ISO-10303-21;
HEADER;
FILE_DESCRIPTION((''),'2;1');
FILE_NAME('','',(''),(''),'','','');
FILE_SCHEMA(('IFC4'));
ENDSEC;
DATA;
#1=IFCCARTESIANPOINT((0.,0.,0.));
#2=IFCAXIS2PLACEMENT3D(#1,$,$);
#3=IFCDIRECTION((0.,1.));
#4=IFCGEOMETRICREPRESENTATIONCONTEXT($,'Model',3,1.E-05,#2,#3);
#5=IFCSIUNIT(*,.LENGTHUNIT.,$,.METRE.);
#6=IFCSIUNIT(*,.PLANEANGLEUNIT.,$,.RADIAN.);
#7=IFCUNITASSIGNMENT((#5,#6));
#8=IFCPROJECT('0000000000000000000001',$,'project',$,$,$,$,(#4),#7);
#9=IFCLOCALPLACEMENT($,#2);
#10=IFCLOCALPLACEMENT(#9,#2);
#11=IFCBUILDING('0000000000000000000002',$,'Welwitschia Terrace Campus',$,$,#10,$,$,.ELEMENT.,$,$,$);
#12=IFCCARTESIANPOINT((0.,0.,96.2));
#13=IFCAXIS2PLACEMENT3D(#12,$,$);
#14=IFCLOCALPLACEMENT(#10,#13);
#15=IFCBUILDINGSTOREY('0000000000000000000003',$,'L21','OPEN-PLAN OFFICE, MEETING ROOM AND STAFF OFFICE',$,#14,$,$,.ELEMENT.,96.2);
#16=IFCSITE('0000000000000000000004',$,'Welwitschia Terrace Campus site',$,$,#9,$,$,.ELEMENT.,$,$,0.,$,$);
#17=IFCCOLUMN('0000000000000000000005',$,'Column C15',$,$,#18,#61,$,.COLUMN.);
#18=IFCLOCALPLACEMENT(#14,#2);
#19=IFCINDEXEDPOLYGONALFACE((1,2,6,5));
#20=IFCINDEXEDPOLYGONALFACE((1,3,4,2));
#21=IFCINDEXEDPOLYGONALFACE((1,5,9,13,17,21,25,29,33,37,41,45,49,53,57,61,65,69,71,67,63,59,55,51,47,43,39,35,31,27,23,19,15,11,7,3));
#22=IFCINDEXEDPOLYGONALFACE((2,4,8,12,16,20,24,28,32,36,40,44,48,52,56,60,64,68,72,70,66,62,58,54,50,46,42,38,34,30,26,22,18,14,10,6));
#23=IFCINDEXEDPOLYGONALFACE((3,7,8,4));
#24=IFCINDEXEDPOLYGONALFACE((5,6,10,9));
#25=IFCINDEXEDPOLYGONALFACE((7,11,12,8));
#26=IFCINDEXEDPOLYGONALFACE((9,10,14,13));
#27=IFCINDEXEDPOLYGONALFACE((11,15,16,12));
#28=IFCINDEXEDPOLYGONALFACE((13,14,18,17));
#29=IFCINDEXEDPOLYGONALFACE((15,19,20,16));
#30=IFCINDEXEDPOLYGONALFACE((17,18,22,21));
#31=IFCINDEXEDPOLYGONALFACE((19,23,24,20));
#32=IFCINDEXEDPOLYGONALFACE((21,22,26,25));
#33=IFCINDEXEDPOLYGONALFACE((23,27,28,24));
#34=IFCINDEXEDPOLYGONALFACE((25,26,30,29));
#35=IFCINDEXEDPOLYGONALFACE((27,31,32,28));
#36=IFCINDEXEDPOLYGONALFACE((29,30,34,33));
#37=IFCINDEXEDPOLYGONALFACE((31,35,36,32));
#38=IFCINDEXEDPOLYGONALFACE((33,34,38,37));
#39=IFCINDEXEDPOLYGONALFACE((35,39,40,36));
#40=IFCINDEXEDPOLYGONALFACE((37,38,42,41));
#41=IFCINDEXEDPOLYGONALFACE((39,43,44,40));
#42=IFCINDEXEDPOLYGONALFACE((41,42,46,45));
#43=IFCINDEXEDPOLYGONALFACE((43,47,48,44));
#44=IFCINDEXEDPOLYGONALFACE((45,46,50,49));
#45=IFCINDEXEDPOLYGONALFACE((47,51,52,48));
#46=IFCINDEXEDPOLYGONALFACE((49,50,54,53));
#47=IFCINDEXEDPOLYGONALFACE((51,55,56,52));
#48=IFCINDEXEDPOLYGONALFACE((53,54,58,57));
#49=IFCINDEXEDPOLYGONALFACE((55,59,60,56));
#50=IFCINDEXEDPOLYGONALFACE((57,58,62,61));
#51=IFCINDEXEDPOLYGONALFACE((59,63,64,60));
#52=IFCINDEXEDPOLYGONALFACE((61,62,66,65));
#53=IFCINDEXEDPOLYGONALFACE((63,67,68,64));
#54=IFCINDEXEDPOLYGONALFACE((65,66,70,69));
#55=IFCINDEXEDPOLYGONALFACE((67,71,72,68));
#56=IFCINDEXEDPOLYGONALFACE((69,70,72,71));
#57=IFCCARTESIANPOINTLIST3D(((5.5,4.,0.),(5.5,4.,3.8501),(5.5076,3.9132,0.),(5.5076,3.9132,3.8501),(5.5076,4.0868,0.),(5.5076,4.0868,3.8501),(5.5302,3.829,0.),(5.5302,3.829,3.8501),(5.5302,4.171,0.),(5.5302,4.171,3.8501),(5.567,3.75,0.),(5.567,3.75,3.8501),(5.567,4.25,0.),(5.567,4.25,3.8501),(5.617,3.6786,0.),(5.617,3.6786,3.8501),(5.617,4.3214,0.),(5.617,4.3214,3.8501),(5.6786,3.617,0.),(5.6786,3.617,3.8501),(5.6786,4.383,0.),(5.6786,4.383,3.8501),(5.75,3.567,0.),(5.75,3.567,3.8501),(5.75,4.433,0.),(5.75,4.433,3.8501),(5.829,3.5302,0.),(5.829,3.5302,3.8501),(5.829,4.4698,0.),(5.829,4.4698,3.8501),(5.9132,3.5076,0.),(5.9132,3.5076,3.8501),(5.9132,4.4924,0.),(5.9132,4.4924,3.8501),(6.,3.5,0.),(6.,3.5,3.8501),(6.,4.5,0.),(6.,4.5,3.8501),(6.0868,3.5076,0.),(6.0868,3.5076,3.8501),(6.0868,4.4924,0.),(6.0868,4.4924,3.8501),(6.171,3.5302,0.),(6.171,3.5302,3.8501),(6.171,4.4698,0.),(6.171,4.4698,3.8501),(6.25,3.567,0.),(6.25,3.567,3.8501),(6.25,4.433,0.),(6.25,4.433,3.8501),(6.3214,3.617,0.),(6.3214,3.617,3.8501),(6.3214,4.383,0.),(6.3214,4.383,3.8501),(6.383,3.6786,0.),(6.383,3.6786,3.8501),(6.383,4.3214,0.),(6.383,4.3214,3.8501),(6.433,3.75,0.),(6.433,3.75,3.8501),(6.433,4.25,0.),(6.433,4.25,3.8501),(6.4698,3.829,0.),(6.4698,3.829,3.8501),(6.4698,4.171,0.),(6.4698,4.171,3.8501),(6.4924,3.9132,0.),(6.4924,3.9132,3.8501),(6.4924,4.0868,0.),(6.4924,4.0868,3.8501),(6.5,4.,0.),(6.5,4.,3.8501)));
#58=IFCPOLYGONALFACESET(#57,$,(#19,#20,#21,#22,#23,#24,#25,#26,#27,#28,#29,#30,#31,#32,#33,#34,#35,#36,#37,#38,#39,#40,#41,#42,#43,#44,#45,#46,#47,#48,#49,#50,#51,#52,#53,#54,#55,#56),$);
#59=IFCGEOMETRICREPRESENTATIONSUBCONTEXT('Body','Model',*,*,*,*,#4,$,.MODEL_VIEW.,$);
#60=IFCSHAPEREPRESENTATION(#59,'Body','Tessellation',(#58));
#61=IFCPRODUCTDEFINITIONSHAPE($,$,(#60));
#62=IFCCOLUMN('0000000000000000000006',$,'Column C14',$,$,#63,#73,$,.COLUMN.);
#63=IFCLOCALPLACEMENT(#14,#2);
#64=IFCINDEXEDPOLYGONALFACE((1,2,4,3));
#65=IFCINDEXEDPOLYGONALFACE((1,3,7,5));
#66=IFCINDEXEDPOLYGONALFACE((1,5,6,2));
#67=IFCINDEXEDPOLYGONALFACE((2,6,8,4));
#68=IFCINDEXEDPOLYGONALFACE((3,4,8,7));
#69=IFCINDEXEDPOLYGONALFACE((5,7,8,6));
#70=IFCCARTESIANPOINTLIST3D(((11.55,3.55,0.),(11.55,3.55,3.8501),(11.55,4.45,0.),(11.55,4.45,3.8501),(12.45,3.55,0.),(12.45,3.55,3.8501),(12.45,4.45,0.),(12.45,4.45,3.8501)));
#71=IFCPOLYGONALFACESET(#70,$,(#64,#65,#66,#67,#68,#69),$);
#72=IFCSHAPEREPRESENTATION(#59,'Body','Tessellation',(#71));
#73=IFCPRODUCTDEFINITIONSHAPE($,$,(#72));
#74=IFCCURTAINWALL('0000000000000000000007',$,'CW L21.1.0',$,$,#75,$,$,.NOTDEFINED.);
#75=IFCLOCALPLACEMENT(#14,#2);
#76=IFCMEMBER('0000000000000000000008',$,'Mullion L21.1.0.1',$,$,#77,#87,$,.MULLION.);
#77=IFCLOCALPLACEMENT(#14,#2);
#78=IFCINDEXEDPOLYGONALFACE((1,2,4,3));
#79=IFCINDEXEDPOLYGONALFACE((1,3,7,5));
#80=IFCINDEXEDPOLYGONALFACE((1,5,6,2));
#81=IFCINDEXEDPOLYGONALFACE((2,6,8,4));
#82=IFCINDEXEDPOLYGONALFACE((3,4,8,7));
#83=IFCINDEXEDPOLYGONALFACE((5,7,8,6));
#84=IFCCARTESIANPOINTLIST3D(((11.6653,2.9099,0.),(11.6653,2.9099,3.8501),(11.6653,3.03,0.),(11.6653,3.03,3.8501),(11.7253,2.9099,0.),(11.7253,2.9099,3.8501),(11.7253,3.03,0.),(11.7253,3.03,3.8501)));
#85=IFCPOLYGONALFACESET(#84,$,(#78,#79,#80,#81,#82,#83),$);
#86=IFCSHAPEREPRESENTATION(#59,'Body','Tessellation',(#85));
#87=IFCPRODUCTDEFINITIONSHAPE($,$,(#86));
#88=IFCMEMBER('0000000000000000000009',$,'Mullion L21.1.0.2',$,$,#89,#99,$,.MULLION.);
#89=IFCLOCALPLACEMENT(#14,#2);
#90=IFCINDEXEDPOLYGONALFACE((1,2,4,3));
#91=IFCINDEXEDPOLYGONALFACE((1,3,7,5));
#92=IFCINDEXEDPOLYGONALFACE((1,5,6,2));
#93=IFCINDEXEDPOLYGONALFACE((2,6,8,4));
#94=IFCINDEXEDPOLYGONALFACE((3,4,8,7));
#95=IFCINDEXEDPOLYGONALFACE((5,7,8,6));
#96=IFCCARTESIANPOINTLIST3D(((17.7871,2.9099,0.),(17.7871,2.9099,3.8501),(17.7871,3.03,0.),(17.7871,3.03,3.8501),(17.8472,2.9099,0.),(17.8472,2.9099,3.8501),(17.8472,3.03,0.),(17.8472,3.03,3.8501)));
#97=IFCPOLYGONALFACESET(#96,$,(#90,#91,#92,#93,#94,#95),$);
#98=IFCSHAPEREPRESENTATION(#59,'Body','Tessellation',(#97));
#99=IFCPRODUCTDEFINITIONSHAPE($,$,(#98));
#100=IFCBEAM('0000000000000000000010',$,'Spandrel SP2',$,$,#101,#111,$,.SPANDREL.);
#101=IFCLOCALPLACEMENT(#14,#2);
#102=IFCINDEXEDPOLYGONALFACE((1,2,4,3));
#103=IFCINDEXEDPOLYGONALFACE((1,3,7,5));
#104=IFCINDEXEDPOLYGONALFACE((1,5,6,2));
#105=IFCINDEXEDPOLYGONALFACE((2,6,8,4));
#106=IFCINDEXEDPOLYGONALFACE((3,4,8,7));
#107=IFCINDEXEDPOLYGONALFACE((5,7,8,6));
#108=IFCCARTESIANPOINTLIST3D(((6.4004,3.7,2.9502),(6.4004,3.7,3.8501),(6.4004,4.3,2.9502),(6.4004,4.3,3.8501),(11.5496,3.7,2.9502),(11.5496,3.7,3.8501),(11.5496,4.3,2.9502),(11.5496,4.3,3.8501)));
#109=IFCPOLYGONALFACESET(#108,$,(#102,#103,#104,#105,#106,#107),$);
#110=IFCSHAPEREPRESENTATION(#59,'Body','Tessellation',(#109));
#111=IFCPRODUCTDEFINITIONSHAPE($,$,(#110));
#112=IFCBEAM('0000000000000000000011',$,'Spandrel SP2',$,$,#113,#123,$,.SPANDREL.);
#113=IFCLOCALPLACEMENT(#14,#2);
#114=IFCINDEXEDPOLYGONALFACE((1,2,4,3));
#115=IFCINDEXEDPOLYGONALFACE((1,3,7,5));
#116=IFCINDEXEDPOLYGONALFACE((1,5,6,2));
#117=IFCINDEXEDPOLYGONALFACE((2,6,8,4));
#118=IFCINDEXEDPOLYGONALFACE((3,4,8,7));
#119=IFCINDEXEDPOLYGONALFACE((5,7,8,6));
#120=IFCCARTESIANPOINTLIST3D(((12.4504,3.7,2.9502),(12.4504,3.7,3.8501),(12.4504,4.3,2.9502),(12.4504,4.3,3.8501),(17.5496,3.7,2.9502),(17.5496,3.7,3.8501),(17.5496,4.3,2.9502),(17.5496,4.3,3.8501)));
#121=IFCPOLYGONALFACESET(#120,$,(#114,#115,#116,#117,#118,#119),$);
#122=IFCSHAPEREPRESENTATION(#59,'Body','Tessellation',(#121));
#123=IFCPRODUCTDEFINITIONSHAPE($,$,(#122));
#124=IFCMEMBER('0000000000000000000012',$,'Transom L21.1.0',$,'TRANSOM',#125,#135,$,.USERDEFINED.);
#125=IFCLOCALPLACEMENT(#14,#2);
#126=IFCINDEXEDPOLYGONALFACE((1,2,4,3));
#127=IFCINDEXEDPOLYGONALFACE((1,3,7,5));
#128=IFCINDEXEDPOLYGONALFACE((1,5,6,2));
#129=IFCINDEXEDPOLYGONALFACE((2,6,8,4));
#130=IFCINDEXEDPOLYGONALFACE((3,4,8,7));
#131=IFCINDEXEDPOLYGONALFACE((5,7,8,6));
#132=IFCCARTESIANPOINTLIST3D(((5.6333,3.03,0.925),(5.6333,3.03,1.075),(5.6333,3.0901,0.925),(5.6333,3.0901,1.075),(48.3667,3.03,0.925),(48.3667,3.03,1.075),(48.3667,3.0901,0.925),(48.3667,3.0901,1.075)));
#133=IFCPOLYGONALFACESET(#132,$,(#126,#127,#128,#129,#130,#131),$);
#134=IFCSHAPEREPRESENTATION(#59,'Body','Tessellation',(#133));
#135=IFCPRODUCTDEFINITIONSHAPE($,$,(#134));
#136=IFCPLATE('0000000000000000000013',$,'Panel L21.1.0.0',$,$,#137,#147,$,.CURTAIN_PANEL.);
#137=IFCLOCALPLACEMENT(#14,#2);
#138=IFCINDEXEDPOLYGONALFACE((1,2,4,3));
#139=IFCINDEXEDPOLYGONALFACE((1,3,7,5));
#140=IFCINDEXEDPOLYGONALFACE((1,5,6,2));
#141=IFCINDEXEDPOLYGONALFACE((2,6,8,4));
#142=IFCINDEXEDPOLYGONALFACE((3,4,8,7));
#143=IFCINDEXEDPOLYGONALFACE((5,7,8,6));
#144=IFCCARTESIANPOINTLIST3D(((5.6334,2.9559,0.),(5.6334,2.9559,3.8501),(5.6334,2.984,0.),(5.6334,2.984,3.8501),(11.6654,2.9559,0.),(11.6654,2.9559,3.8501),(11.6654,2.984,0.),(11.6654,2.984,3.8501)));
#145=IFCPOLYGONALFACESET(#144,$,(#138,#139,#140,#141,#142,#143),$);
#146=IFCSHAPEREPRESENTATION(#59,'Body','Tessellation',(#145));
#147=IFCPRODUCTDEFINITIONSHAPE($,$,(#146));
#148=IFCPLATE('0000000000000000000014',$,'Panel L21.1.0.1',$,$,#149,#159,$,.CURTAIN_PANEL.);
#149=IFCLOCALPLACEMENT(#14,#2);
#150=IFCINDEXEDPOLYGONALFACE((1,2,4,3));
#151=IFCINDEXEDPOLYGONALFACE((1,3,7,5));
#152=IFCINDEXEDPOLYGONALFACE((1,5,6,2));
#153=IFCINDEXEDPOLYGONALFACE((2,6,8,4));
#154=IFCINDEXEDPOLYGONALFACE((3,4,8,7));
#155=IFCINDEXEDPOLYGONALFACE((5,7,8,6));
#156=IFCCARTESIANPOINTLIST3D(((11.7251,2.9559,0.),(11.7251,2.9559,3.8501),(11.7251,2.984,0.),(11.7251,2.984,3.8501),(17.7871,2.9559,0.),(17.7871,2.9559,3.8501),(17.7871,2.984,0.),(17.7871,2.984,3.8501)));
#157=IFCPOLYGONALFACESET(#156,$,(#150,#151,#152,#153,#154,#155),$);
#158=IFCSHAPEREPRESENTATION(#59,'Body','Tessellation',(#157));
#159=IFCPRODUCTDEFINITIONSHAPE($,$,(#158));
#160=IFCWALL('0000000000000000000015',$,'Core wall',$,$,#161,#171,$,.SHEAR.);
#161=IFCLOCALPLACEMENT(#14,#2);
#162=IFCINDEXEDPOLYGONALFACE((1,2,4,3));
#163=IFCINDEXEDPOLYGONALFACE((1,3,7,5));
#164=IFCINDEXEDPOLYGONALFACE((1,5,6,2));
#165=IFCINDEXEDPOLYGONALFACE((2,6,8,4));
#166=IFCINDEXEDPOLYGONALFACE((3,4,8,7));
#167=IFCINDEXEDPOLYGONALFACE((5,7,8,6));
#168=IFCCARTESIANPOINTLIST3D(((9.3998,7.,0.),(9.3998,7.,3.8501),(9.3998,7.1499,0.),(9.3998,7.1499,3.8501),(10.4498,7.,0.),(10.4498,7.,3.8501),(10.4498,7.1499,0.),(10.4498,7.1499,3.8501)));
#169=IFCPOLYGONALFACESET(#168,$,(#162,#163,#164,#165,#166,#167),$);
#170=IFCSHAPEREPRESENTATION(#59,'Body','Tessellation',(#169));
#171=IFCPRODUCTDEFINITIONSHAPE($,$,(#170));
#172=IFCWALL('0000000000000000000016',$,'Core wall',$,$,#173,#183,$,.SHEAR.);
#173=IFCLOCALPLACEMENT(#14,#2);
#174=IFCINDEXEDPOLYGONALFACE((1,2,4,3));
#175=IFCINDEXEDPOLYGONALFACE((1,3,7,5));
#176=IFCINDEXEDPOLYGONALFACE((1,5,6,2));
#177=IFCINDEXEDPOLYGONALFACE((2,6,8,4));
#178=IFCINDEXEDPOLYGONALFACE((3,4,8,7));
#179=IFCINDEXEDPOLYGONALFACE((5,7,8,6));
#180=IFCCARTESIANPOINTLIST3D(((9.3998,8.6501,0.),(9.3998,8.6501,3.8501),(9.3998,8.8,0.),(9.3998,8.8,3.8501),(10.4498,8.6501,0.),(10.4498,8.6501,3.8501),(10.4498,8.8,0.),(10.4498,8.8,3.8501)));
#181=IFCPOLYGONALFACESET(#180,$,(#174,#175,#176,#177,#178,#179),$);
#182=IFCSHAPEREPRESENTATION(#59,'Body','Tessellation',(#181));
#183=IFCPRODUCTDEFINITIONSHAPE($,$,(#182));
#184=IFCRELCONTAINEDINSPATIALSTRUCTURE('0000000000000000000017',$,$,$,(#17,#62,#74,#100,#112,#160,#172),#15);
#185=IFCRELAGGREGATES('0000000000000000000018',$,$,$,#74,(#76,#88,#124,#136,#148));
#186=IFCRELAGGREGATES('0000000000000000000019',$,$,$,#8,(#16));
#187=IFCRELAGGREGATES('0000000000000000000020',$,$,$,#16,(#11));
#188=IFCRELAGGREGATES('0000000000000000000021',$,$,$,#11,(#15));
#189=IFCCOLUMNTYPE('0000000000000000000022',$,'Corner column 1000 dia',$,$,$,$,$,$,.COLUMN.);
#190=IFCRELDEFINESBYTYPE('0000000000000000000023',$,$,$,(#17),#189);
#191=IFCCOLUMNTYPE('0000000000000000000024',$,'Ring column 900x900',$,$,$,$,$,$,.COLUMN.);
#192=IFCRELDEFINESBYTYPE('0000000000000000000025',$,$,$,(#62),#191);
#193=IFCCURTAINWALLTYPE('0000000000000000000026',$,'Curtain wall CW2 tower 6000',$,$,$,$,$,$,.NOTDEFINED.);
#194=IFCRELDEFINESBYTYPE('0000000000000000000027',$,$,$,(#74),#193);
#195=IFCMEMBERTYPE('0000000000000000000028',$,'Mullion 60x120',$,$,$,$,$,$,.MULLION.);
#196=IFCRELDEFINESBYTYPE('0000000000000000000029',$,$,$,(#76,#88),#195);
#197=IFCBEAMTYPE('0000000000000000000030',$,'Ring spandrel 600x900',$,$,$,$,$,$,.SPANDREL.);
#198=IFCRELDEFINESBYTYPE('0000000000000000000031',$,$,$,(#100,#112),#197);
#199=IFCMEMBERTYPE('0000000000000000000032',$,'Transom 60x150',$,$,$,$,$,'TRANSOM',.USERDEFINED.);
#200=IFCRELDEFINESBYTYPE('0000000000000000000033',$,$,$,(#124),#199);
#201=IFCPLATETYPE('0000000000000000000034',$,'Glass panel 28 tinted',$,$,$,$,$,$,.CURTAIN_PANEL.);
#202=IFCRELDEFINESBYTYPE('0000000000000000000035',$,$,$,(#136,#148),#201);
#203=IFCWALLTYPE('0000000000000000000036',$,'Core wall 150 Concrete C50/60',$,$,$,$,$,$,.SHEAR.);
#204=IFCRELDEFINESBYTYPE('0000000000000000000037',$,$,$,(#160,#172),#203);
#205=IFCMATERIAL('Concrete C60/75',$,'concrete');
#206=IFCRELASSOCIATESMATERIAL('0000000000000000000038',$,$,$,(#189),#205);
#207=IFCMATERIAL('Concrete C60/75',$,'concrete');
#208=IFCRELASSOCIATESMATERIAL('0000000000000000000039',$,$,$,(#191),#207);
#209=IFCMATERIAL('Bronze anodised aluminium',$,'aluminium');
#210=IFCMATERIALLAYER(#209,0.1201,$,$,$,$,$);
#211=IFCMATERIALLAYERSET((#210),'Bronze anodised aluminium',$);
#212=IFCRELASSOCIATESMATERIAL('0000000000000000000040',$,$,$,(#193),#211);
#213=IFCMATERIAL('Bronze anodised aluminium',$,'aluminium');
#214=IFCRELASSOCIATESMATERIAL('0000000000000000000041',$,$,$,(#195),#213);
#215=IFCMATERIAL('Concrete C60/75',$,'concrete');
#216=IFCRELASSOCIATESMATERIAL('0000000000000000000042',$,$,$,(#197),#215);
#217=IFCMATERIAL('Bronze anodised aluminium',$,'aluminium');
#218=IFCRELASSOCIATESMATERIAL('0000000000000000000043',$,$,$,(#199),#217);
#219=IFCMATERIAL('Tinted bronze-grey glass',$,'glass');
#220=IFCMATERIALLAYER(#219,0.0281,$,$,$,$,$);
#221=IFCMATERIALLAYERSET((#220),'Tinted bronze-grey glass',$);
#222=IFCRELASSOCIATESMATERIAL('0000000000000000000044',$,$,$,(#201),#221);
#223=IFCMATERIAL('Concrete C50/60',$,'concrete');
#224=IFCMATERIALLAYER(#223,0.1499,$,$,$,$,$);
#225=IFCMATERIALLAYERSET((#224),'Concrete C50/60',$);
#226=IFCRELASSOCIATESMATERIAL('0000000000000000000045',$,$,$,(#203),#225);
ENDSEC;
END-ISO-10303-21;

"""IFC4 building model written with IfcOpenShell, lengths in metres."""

from ifc_helpers import new_model, si_unit, direction, frame, frame_2d, origin, origin_2d, place, context, subcontext, project, spatial, rectangle, circle, extrude, material, layer, layer_set, material_profile, profile_set, type_object, element, aggregate, save


model = new_model("IFC4")

# Units and contexts
model_context = context("Model", 3, precision=1e-05, world=origin(), true_north=direction((0.0, 1.0)))
body_context = subcontext(model_context, "Body", "Model", "MODEL_VIEW")
ifc_project = project(units=[si_unit("LENGTHUNIT", "METRE"), si_unit("PLANEANGLEUNIT", "RADIAN")], contexts=[model_context])

# Site, building, storey
site_placement = place(None, origin())
site = spatial("IfcSite", under=ifc_project, at=site_placement, Name="Welwitschia Terrace Campus site", CompositionType="ELEMENT", RefElevation=0.0)
building_placement = place(site_placement, origin())
building = spatial("IfcBuilding", under=site, at=building_placement, Name="Welwitschia Terrace Campus", CompositionType="ELEMENT")
storey_placement = place(building_placement, frame((0.0, 0.0, 96.2)))
storey = spatial("IfcBuildingStorey", under=building, at=storey_placement, Name="L21", Description="OPEN-PLAN OFFICE, MEETING ROOM AND STAFF OFFICE", CompositionType="ELEMENT", Elevation=96.2)

# Columns
ifc_material_1 = material(Name="Concrete C60/75", Category="concrete")
ifc_material_profile_1 = material_profile(ifc_material_1, circle(Radius=0.5, at=origin_2d()))
ifc_profile_set_1 = profile_set([ifc_material_profile_1], Name="Concrete C60/75")
column_type_1 = type_object("IfcColumnType", Name="Corner column 1000 dia", PredefinedType="COLUMN", material=ifc_profile_set_1)
column_1_placement = place(storey_placement, frame((6.0, 4.0, 0.0), z_axis=(0.0, 0.0, 1.0), x_axis=(1.0, 0.0, 0.0)))
element("IfcColumn", 1, at=column_1_placement, inside=storey, type_object=column_type_1, Name="Column C15", PredefinedType="COLUMN", context=body_context, shape_type="SweptSolid", body=[
    extrude(circle(Radius=0.5, at=origin_2d()), origin(), (0.0, 0.0, 1.0), 3.8501),
])
ifc_material_2 = material(Name="Concrete C60/75", Category="concrete")
ifc_material_profile_2 = material_profile(ifc_material_2, rectangle(XDim=0.8999, YDim=0.8999, at=origin_2d()))
ifc_profile_set_2 = profile_set([ifc_material_profile_2], Name="Concrete C60/75")
column_type_2 = type_object("IfcColumnType", Name="Ring column 900x900", PredefinedType="COLUMN", material=ifc_profile_set_2)
column_2_placement = place(storey_placement, frame((12.0, 4.0, 0.0), z_axis=(0.0, 0.0, 1.0), x_axis=(1.0, 0.0, 0.0)))
element("IfcColumn", 2, at=column_2_placement, inside=storey, type_object=column_type_2, Name="Column C14", PredefinedType="COLUMN", context=body_context, shape_type="SweptSolid", body=[
    extrude(rectangle(XDim=0.8999, YDim=0.8999, at=origin_2d()), origin(), (0.0, 0.0, 1.0), 3.8501),
])

# Curtain wall, members
ifc_material_3 = material(Name="Bronze anodised aluminium", Category="aluminium")
ifc_layer_1 = layer(ifc_material_3, 0.1201)
ifc_layer_set_1 = layer_set([ifc_layer_1], Name="Bronze anodised aluminium")
curtain_wall_type = type_object("IfcCurtainWallType", Name="Curtain wall CW2 tower 6000", PredefinedType="NOTDEFINED", material=ifc_layer_set_1)
curtain_wall_placement = place(storey_placement, origin())
curtain_wall = element("IfcCurtainWall", 3, at=curtain_wall_placement, inside=storey, type_object=curtain_wall_type, Name="CW L21.1.0", PredefinedType="NOTDEFINED")
ifc_material_4 = material(Name="Bronze anodised aluminium", Category="aluminium")
ifc_material_profile_3 = material_profile(ifc_material_4, rectangle(XDim=0.1201, YDim=0.0601, at=origin_2d()))
ifc_profile_set_3 = profile_set([ifc_material_profile_3], Name="Bronze anodised aluminium")
member_type_1 = type_object("IfcMemberType", Name="Mullion 60x120", PredefinedType="MULLION", material=ifc_profile_set_3)
member_1_placement = place(storey_placement, frame((11.6953, 2.97, 0.0), z_axis=(0.0, 0.0, 1.0), x_axis=(0.0, 1.0, 0.0)))
member_1 = element("IfcMember", 4, at=member_1_placement, type_object=member_type_1, Name="Mullion L21.1.0.1", PredefinedType="MULLION", context=body_context, shape_type="SweptSolid", body=[
    extrude(rectangle(XDim=0.1201, YDim=0.0601, at=origin_2d()), origin(), (0.0, 0.0, 1.0), 3.8501),
])
member_2_placement = place(storey_placement, frame((17.8171, 2.97, 0.0), z_axis=(0.0, 0.0, 1.0), x_axis=(0.0, 1.0, 0.0)))
member_2 = element("IfcMember", 5, at=member_2_placement, type_object=member_type_1, Name="Mullion L21.1.0.2", PredefinedType="MULLION", context=body_context, shape_type="SweptSolid", body=[
    extrude(rectangle(XDim=0.1201, YDim=0.0601, at=origin_2d()), origin(), (0.0, 0.0, 1.0), 3.8501),
])

# Beams
ifc_material_5 = material(Name="Concrete C60/75", Category="concrete")
ifc_material_profile_4 = material_profile(ifc_material_5, rectangle(XDim=0.6001, YDim=0.8999, at=origin_2d()))
ifc_profile_set_4 = profile_set([ifc_material_profile_4], Name="Concrete C60/75")
beam_type = type_object("IfcBeamType", Name="Ring spandrel 600x900", PredefinedType="SPANDREL", material=ifc_profile_set_4)
beam_1_placement = place(storey_placement, frame((6.4004, 4.0, 3.4001), z_axis=(1.0, 0.0, 0.0), x_axis=(0.0, 1.0, 0.0)))
element("IfcBeam", 6, at=beam_1_placement, inside=storey, type_object=beam_type, Name="Spandrel SP2", PredefinedType="SPANDREL", context=body_context, shape_type="SweptSolid", body=[
    extrude(rectangle(XDim=0.6001, YDim=0.8999, at=origin_2d()), origin(), (0.0, 0.0, 1.0), 5.1492),
])
beam_2_placement = place(storey_placement, frame((12.4504, 4.0, 3.4001), z_axis=(1.0, 0.0, 0.0), x_axis=(0.0, 1.0, 0.0)))
element("IfcBeam", 7, at=beam_2_placement, inside=storey, type_object=beam_type, Name="Spandrel SP2", PredefinedType="SPANDREL", context=body_context, shape_type="SweptSolid", body=[
    extrude(rectangle(XDim=0.6001, YDim=0.8999, at=origin_2d()), origin(), (0.0, 0.0, 1.0), 5.0991),
])

# Member
ifc_material_6 = material(Name="Bronze anodised aluminium", Category="aluminium")
ifc_material_profile_5 = material_profile(ifc_material_6, rectangle(XDim=0.0601, YDim=0.1499, at=origin_2d()))
ifc_profile_set_5 = profile_set([ifc_material_profile_5], Name="Bronze anodised aluminium")
member_type_2 = type_object("IfcMemberType", Name="Transom 60x150", ElementType="TRANSOM", PredefinedType="USERDEFINED", material=ifc_profile_set_5)
member_3_placement = place(storey_placement, frame((5.6333, 3.0601, 1.0), z_axis=(1.0, 0.0, 0.0), x_axis=(0.0, 1.0, 0.0)))
member_3 = element("IfcMember", 8, at=member_3_placement, type_object=member_type_2, Name="Transom L21.1.0", ObjectType="TRANSOM", PredefinedType="USERDEFINED", context=body_context, shape_type="SweptSolid", body=[
    extrude(rectangle(XDim=0.0601, YDim=0.1499, at=origin_2d()), origin(), (0.0, 0.0, 1.0), 42.7334),
])

# Plates
ifc_material_7 = material(Name="Tinted bronze-grey glass", Category="glass")
ifc_layer_2 = layer(ifc_material_7, 0.0281)
ifc_layer_set_2 = layer_set([ifc_layer_2], Name="Tinted bronze-grey glass")
plate_type = type_object("IfcPlateType", Name="Glass panel 28 tinted", PredefinedType="CURTAIN_PANEL", material=ifc_layer_set_2)
plate_1_placement = place(storey_placement, frame((8.6494, 2.97, 0.0), z_axis=(0.0, 0.0, 1.0), x_axis=(1.0, 0.0, 0.0)))
plate_1 = element("IfcPlate", 9, at=plate_1_placement, type_object=plate_type, Name="Panel L21.1.0.0", PredefinedType="CURTAIN_PANEL", context=body_context, shape_type="SweptSolid", body=[
    extrude(rectangle(XDim=6.032, YDim=0.0281, at=origin_2d()), origin(), (0.0, 0.0, 1.0), 3.8501),
])
plate_2_placement = place(storey_placement, frame((14.7561, 2.97, 0.0), z_axis=(0.0, 0.0, 1.0), x_axis=(1.0, 0.0, 0.0)))
plate_2 = element("IfcPlate", 10, at=plate_2_placement, type_object=plate_type, Name="Panel L21.1.0.1", PredefinedType="CURTAIN_PANEL", context=body_context, shape_type="SweptSolid", body=[
    extrude(rectangle(XDim=6.062, YDim=0.0281, at=origin_2d()), origin(), (0.0, 0.0, 1.0), 3.8501),
])
aggregate(curtain_wall, [member_1, member_2, member_3, plate_1, plate_2])

# Walls
ifc_material_8 = material(Name="Concrete C50/60", Category="concrete")
ifc_layer_3 = layer(ifc_material_8, 0.1499)
ifc_layer_set_3 = layer_set([ifc_layer_3], Name="Concrete C50/60")
wall_type_1 = type_object("IfcWallType", Name="Core wall 150 Concrete C50/60", PredefinedType="SHEAR", material=ifc_layer_set_3)
for number, where, z_axis, x_axis, name in (
    (11, (9.3999, 7.075, 0.0), (0.0, 0.0, 1.0), (1.0, 0.0, 0.0), "Core wall"),
    (12, (9.3999, 8.7251, 0.0), (0.0, 0.0, 1.0), (1.0, 0.0, 0.0), "Core wall"),
):
    element("IfcWall", number, at=place(storey_placement, frame(where, z_axis=z_axis, x_axis=x_axis)), inside=storey, type_object=wall_type_1, Name=name, PredefinedType="SHEAR", context=body_context, shape_type="SweptSolid", body=[
        extrude(rectangle(XDim=1.05, YDim=0.1499, at=frame_2d((0.5249, 0.0))), origin(), (0.0, 0.0, 1.0), 3.8501),
    ])

save(model, "model.ifc")
